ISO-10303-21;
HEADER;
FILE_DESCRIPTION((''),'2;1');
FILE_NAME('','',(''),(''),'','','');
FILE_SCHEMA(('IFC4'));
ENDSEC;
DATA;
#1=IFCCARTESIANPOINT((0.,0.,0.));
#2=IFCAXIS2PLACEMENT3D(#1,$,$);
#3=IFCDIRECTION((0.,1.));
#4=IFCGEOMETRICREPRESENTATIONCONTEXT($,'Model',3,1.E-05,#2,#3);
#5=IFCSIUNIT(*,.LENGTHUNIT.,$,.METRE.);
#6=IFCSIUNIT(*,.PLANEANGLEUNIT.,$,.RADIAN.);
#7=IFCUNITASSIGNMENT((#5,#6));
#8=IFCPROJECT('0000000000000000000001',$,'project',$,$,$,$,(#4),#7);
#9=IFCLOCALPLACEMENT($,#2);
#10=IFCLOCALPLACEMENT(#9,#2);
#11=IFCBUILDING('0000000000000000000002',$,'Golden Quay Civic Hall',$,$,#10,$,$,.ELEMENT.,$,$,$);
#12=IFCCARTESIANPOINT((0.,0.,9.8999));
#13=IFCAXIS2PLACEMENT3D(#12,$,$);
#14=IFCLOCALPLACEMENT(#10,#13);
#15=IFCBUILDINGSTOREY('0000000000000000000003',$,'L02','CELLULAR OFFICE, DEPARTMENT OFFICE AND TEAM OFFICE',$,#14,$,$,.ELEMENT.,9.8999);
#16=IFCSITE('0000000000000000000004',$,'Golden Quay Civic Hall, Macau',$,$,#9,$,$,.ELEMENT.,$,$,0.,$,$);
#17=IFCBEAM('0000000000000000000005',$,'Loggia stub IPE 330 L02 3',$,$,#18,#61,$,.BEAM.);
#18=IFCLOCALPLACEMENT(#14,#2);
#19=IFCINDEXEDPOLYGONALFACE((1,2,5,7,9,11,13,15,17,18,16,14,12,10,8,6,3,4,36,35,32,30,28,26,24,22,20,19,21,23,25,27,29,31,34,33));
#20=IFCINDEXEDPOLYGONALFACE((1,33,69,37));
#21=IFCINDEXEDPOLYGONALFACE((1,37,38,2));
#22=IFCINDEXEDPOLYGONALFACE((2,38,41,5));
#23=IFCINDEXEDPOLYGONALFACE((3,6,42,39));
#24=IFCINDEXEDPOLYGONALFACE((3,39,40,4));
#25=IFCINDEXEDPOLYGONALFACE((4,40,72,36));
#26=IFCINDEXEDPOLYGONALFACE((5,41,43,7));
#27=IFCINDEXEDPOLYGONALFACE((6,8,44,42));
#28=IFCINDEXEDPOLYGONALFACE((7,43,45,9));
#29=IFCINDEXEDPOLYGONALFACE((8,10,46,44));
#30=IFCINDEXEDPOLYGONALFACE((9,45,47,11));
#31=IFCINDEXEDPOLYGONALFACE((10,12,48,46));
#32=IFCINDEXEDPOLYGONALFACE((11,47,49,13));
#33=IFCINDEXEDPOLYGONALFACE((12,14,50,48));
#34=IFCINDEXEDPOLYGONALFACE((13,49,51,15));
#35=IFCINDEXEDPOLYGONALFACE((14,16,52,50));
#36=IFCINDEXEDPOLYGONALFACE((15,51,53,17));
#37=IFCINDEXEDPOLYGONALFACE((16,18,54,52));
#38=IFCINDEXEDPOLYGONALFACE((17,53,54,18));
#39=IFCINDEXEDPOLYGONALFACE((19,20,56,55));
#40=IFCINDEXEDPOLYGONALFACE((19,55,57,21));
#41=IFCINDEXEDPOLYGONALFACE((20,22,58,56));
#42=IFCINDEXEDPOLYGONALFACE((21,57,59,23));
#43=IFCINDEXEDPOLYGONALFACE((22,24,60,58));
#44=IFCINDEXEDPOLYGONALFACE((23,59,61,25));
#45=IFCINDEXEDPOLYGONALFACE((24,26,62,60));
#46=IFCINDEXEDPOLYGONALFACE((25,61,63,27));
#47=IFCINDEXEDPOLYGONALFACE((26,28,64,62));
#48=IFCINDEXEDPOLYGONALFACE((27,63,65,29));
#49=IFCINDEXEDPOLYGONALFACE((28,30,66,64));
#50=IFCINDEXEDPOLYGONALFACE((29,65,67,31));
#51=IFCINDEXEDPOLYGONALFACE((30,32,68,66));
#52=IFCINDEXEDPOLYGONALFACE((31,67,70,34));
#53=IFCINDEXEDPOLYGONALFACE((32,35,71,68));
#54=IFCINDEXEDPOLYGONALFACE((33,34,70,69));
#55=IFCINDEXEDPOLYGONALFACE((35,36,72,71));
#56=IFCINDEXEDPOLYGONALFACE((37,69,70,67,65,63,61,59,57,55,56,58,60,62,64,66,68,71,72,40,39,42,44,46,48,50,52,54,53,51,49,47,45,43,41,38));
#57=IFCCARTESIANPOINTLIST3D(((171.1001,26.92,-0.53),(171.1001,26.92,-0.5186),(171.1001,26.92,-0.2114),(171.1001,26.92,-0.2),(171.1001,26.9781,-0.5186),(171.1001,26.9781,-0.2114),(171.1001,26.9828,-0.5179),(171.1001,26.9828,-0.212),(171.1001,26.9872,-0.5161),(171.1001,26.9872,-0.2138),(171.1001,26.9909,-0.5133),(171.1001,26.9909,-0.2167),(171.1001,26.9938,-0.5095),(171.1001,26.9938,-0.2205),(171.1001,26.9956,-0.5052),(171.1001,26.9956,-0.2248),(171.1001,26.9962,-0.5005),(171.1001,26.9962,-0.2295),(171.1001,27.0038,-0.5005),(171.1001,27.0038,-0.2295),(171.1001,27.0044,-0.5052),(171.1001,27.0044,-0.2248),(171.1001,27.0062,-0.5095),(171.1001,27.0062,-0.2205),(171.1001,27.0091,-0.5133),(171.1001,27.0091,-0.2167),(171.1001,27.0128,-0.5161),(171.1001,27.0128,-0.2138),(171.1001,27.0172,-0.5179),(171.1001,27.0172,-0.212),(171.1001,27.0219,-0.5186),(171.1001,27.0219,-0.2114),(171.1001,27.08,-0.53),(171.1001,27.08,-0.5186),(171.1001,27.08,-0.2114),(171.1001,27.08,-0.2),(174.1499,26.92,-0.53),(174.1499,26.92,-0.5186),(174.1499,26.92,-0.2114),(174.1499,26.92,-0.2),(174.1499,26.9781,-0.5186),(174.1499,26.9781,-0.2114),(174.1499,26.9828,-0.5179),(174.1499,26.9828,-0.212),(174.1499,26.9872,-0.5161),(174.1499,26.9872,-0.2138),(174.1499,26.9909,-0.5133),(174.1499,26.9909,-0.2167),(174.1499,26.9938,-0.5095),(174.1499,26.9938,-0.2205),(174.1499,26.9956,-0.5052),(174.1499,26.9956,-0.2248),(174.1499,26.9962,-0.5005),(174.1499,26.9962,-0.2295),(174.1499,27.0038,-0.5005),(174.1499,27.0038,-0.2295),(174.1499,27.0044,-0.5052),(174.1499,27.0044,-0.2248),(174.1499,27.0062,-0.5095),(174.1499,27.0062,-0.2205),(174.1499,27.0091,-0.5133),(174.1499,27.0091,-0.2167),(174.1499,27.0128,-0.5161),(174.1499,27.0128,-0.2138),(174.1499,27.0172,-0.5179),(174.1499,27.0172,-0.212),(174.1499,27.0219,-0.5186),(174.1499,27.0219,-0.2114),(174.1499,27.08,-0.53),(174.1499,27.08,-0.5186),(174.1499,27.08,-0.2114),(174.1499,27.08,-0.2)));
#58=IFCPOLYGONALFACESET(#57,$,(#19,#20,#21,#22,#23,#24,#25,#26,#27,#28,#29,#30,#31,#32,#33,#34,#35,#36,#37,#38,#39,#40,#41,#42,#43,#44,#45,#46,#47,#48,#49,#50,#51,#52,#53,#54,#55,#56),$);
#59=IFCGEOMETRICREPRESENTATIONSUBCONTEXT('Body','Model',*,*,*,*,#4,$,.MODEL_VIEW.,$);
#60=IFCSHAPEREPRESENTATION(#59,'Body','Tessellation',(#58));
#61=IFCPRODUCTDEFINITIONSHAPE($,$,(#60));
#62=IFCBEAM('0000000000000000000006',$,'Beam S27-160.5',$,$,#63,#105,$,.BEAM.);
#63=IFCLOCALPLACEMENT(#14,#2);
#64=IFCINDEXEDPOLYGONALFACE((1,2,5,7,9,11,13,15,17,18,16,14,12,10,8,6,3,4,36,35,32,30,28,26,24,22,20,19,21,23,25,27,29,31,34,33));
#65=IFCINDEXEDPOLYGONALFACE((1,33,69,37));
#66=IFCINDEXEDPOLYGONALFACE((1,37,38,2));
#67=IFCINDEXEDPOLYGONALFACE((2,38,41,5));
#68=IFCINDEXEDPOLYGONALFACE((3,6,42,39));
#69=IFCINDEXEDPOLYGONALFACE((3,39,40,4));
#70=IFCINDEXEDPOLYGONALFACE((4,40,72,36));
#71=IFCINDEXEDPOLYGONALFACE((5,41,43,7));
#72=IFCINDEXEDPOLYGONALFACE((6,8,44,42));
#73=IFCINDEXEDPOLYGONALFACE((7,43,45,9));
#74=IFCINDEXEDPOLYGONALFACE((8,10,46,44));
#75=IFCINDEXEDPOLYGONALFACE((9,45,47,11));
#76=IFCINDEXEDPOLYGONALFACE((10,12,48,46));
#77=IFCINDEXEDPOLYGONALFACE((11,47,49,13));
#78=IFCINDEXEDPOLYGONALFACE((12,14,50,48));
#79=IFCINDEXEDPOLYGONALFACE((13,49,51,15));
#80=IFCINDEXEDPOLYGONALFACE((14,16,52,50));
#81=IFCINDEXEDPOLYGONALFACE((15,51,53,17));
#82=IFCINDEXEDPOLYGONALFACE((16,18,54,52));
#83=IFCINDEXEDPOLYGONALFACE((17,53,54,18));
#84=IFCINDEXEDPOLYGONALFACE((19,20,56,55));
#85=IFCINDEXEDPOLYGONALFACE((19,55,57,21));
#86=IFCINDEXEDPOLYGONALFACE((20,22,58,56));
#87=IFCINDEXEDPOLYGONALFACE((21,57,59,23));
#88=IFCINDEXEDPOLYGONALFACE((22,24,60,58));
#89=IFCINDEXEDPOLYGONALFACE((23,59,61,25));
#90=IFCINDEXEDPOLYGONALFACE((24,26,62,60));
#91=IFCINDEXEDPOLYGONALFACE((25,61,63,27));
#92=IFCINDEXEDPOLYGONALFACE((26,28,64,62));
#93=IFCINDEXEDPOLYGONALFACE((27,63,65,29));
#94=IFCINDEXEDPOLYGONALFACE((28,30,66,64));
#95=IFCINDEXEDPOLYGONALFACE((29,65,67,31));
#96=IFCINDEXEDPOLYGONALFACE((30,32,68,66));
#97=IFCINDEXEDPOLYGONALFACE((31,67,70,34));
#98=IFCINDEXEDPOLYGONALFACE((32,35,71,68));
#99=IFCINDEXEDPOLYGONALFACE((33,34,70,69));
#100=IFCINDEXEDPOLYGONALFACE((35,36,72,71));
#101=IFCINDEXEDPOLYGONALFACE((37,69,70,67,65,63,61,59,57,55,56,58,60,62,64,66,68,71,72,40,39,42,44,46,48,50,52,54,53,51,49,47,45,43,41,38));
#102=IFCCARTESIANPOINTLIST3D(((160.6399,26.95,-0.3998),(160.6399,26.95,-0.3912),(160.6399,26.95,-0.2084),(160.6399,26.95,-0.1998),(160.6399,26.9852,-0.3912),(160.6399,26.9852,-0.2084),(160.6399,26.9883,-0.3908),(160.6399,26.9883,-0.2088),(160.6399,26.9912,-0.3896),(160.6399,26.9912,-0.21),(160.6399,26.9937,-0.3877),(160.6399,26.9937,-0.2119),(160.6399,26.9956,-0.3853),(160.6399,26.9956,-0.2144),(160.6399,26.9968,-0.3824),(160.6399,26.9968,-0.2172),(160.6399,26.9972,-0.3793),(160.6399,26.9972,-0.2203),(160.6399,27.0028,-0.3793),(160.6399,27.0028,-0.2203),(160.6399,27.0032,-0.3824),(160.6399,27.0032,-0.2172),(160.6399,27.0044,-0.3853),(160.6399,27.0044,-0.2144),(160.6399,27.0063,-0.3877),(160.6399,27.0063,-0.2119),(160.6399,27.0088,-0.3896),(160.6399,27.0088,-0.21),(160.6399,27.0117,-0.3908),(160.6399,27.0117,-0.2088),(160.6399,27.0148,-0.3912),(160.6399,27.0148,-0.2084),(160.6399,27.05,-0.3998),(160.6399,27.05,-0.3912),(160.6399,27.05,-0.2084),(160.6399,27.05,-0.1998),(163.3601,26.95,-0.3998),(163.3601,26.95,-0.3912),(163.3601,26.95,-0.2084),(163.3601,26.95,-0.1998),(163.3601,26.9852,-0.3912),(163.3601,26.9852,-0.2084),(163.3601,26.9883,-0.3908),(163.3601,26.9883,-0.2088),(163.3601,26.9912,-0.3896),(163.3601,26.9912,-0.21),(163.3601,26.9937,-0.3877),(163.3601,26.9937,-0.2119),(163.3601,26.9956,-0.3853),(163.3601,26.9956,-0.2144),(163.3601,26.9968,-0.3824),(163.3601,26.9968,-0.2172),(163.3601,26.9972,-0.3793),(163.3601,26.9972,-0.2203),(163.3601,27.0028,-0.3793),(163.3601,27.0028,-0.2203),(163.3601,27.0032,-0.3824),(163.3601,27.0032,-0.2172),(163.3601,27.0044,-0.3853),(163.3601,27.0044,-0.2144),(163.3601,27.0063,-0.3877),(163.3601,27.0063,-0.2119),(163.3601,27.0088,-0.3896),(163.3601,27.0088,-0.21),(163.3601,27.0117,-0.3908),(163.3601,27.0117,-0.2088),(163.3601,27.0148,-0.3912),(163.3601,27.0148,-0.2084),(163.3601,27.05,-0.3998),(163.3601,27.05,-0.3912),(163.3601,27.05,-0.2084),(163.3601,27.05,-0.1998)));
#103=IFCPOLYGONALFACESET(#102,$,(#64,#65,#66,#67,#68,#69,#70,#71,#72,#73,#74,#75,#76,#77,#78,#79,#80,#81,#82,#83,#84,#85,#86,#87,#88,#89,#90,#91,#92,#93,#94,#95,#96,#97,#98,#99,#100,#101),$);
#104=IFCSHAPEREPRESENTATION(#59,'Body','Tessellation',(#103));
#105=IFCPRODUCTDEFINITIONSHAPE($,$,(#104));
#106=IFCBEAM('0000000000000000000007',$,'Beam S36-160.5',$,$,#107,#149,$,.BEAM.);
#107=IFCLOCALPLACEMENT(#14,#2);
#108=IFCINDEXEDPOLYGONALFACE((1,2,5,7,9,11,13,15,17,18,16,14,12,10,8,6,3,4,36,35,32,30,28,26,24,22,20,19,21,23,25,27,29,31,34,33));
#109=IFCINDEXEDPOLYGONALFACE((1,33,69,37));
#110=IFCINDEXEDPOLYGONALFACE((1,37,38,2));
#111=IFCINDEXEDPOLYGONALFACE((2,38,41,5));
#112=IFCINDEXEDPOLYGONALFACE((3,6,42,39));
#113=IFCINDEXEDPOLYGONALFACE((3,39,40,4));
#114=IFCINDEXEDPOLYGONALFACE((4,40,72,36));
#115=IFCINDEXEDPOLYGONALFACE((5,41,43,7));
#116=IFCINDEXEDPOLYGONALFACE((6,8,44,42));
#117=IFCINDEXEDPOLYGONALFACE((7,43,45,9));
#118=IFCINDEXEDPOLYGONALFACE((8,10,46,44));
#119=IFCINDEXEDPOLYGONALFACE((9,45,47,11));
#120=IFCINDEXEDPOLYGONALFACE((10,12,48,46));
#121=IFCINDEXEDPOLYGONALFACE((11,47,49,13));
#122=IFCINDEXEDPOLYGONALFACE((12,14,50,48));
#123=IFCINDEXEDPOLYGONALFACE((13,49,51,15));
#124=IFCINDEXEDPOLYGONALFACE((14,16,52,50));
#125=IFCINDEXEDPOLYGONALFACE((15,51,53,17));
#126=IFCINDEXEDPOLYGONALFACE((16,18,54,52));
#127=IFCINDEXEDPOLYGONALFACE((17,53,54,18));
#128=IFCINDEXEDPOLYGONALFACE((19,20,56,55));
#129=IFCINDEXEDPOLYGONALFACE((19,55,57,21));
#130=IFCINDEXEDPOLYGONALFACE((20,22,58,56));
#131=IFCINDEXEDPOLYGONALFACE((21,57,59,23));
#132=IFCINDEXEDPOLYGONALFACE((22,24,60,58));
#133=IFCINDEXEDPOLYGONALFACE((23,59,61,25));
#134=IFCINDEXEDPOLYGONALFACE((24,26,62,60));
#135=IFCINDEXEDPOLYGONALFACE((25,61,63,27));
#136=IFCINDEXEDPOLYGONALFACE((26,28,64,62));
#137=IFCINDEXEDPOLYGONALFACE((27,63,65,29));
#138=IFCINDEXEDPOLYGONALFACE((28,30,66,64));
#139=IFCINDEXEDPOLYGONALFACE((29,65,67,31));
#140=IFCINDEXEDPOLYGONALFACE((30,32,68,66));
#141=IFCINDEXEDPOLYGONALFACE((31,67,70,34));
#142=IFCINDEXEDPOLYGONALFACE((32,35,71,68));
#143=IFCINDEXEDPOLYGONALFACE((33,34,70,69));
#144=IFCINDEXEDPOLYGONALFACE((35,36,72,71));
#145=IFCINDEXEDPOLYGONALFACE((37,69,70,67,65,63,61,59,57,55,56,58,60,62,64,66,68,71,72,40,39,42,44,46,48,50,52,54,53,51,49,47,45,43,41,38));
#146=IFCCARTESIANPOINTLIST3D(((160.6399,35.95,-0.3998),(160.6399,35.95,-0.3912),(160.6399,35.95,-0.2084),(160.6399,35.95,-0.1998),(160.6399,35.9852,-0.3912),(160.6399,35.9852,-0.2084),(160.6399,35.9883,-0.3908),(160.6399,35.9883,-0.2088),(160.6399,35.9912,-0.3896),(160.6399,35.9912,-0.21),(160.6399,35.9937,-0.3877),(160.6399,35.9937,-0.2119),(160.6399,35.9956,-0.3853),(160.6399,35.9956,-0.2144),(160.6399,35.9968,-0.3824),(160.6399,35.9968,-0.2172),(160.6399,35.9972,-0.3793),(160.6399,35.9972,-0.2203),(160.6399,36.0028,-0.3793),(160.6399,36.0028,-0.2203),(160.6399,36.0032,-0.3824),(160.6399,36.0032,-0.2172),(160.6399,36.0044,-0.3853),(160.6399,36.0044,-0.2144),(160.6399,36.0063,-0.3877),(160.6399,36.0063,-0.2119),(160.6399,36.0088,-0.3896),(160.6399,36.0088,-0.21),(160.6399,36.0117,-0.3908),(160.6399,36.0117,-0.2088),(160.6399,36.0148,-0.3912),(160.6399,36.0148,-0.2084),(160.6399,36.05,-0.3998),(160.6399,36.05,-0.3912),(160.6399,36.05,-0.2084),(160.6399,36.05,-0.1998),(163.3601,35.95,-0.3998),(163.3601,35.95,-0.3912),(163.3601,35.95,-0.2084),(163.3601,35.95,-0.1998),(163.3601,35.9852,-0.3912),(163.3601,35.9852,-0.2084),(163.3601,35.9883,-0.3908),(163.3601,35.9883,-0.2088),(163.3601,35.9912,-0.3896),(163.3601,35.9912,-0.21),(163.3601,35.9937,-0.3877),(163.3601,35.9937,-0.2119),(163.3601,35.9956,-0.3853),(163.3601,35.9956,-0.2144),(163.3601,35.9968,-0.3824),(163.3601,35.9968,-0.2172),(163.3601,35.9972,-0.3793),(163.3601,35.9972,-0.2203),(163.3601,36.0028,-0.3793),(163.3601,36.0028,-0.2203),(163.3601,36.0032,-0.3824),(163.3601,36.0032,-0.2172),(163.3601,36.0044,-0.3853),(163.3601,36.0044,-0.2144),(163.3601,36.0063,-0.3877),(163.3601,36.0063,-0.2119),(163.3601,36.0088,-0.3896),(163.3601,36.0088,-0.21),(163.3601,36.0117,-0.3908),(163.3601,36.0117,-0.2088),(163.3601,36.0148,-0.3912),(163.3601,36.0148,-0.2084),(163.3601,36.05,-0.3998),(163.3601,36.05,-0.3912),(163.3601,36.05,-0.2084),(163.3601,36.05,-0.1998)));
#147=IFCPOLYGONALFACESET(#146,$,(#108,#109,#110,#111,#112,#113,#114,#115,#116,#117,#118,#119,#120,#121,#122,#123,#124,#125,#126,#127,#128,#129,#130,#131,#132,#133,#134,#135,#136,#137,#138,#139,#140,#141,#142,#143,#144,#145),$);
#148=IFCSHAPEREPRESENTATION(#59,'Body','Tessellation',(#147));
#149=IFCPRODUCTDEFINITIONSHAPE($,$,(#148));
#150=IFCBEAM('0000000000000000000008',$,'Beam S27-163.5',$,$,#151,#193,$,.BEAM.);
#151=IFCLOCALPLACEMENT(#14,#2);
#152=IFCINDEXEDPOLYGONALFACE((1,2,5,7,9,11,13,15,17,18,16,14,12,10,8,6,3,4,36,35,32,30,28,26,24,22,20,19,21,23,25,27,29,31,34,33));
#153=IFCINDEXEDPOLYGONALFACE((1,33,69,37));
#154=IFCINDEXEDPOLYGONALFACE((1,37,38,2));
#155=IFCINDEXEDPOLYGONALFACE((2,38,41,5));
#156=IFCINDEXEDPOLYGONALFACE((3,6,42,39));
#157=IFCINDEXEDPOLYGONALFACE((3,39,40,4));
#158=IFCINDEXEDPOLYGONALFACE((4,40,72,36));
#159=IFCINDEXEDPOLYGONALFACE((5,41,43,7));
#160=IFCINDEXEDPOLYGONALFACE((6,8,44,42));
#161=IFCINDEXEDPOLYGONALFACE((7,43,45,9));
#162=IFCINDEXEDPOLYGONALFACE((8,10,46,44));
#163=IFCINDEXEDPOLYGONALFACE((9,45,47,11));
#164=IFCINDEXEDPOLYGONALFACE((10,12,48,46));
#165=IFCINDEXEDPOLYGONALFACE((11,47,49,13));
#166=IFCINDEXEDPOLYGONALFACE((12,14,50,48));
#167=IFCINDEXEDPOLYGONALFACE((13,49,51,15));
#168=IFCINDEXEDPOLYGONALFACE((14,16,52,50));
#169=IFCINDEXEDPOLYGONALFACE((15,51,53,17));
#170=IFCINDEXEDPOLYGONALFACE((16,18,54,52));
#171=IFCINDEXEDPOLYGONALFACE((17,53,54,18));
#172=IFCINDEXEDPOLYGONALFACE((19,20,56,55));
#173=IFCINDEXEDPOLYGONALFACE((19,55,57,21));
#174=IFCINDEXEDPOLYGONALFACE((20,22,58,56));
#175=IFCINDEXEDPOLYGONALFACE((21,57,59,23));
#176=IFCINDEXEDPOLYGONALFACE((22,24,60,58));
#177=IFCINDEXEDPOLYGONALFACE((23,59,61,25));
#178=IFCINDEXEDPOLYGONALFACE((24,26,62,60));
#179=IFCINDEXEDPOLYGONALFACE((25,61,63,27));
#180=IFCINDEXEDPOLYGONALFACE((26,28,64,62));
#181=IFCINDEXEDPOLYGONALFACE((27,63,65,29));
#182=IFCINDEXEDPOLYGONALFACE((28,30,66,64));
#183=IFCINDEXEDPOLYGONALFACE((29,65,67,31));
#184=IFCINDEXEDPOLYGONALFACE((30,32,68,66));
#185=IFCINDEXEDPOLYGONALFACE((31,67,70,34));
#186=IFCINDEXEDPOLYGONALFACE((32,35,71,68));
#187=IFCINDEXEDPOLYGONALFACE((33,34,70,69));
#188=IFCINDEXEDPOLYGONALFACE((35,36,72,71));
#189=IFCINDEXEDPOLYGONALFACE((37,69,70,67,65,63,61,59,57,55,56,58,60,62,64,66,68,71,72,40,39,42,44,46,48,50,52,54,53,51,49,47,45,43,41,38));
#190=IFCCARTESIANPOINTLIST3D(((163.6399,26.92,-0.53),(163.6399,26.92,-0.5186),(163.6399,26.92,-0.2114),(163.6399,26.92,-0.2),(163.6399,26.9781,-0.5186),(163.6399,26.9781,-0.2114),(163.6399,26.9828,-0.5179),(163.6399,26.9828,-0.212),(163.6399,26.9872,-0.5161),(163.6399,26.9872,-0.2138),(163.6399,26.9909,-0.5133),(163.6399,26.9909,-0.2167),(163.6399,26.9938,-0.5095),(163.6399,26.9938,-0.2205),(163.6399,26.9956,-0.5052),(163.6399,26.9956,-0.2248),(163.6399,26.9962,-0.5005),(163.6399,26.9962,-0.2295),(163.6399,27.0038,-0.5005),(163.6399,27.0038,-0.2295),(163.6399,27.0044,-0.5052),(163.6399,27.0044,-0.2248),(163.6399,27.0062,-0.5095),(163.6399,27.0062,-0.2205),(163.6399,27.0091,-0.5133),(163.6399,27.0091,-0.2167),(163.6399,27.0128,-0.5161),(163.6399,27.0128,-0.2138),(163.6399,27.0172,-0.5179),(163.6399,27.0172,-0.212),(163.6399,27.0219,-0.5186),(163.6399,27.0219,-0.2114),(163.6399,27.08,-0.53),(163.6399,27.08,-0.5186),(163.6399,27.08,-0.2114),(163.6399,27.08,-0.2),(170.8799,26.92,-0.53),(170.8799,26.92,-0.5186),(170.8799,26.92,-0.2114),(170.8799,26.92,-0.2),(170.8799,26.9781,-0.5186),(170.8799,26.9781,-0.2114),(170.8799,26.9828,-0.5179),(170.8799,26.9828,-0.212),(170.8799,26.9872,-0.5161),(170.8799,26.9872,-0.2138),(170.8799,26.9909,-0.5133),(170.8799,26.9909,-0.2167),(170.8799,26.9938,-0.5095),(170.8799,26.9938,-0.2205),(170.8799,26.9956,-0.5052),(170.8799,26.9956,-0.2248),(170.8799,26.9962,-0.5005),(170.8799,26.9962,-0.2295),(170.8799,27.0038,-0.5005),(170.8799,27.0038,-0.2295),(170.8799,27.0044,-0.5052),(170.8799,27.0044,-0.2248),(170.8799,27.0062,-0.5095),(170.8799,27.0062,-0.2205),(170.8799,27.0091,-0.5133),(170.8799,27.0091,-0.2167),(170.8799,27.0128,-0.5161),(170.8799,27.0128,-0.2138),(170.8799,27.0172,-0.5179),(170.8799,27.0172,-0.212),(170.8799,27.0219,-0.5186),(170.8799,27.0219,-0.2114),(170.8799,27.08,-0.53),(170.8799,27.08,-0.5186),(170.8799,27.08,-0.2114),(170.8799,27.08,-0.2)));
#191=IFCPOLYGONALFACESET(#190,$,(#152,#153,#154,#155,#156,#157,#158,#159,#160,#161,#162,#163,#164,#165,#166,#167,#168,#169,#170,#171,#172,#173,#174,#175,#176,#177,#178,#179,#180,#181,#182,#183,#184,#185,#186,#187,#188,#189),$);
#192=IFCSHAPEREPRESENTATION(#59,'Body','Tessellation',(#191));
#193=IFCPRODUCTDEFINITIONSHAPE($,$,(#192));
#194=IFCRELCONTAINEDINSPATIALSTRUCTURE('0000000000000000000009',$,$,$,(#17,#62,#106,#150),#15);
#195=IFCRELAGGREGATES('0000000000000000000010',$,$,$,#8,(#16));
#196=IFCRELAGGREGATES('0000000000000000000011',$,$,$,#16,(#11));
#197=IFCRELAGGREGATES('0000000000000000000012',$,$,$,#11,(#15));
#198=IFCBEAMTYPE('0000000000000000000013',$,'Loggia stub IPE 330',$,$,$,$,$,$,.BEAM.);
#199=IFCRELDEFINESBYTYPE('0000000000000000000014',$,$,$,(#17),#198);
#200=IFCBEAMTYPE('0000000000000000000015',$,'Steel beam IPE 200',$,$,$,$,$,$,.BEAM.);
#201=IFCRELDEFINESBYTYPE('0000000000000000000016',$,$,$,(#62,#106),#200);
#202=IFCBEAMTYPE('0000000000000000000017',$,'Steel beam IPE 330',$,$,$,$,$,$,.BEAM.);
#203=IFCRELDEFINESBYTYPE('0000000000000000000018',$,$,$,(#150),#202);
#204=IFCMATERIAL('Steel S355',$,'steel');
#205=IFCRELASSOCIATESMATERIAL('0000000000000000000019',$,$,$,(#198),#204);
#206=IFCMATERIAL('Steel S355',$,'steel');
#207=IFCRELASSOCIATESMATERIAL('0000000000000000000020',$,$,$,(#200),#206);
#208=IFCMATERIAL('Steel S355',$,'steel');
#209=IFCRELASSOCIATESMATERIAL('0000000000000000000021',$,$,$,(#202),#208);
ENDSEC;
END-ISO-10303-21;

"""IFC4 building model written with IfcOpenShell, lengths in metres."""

from ifc_helpers import new_model, si_unit, direction, frame, origin, origin_2d, place, context, subcontext, project, spatial, i_section, extrude, material, material_profile, profile_set, type_object, element, save


model = new_model("IFC4")

# Units and contexts
model_context = context("Model", 3, precision=1e-05, world=origin(), true_north=direction((0.0, 1.0)))
body_context = subcontext(model_context, "Body", "Model", "MODEL_VIEW")
ifc_project = project(units=[si_unit("LENGTHUNIT", "METRE"), si_unit("PLANEANGLEUNIT", "RADIAN")], contexts=[model_context])

# Site, building, storey
site_placement = place(None, origin())
site = spatial("IfcSite", under=ifc_project, at=site_placement, Name="Golden Quay Civic Hall, Macau", CompositionType="ELEMENT", RefElevation=0.0)
building_placement = place(site_placement, origin())
building = spatial("IfcBuilding", under=site, at=building_placement, Name="Golden Quay Civic Hall", CompositionType="ELEMENT")
storey_placement = place(building_placement, frame((0.0, 0.0, 9.8999)))
storey = spatial("IfcBuildingStorey", under=building, at=storey_placement, Name="L02", Description="CELLULAR OFFICE, DEPARTMENT OFFICE AND TEAM OFFICE", CompositionType="ELEMENT", Elevation=9.8999)

# Beams
ifc_material_1 = material(Name="Steel S355", Category="steel")
ifc_material_profile_1 = material_profile(ifc_material_1, i_section(OverallWidth=0.1599, OverallDepth=0.3301, WebThickness=0.0076, FlangeThickness=0.0115, FilletRadius=0.0181, at=origin_2d()), Name="IPE 330")
ifc_profile_set_1 = profile_set([ifc_material_profile_1], Name="Steel S355")
beam_type_1 = type_object("IfcBeamType", Name="Loggia stub IPE 330", PredefinedType="BEAM", material=ifc_profile_set_1)
beam_placement = place(storey_placement, frame((171.1001, 27.0, -0.365), z_axis=(1.0, 0.0, 0.0), x_axis=(0.0, 1.0, 0.0)))
element("IfcBeam", 1, at=beam_placement, inside=storey, type_object=beam_type_1, Name="Loggia stub IPE 330 L02 3", PredefinedType="BEAM", context=body_context, shape_type="SweptSolid", body=[
    extrude(i_section(OverallWidth=0.1599, OverallDepth=0.3301, WebThickness=0.0076, FlangeThickness=0.0115, FilletRadius=0.0181, at=origin_2d()), origin(), (0.0, 0.0, 1.0), 3.0498),
])
ifc_material_2 = material(Name="Steel S355", Category="steel")
ifc_material_profile_2 = material_profile(ifc_material_2, i_section(OverallWidth=0.1001, OverallDepth=0.2, WebThickness=0.0056, FlangeThickness=0.0085, FilletRadius=0.012, at=origin_2d()), Name="IPE 200")
ifc_profile_set_2 = profile_set([ifc_material_profile_2], Name="Steel S355")
beam_type_2 = type_object("IfcBeamType", Name="Steel beam IPE 200", PredefinedType="BEAM", material=ifc_profile_set_2)
for number, where, z_axis, x_axis, name in (
    (2, (160.6399, 27.0, -0.2998), (1.0, 0.0, 0.0), (0.0, 1.0, 0.0), "Beam S27-160.5"),
    (3, (160.6399, 36.0, -0.2998), (1.0, 0.0, 0.0), (0.0, 1.0, 0.0), "Beam S36-160.5"),
):
    element("IfcBeam", number, at=place(storey_placement, frame(where, z_axis=z_axis, x_axis=x_axis)), inside=storey, type_object=beam_type_2, Name=name, PredefinedType="BEAM", context=body_context, shape_type="SweptSolid", body=[
        extrude(i_section(OverallWidth=0.1001, OverallDepth=0.2, WebThickness=0.0056, FlangeThickness=0.0085, FilletRadius=0.012, at=origin_2d()), origin(), (0.0, 0.0, 1.0), 2.7202),
    ])
ifc_material_3 = material(Name="Steel S355", Category="steel")
ifc_material_profile_3 = material_profile(ifc_material_3, i_section(OverallWidth=0.1599, OverallDepth=0.3301, WebThickness=0.0076, FlangeThickness=0.0115, FilletRadius=0.0181, at=origin_2d()), Name="IPE 330")
ifc_profile_set_3 = profile_set([ifc_material_profile_3], Name="Steel S355")
beam_type_3 = type_object("IfcBeamType", Name="Steel beam IPE 330", PredefinedType="BEAM", material=ifc_profile_set_3)
for number, where, z_axis, x_axis, name in (
    (4, (163.6399, 27.0, -0.365), (1.0, 0.0, 0.0), (0.0, 1.0, 0.0), "Beam S27-163.5"),
):
    element("IfcBeam", number, at=place(storey_placement, frame(where, z_axis=z_axis, x_axis=x_axis)), inside=storey, type_object=beam_type_3, Name=name, PredefinedType="BEAM", context=body_context, shape_type="SweptSolid", body=[
        extrude(i_section(OverallWidth=0.1599, OverallDepth=0.3301, WebThickness=0.0076, FlangeThickness=0.0115, FilletRadius=0.0181, at=origin_2d()), origin(), (0.0, 0.0, 1.0), 7.24),
    ])

save(model, "model.ifc")
